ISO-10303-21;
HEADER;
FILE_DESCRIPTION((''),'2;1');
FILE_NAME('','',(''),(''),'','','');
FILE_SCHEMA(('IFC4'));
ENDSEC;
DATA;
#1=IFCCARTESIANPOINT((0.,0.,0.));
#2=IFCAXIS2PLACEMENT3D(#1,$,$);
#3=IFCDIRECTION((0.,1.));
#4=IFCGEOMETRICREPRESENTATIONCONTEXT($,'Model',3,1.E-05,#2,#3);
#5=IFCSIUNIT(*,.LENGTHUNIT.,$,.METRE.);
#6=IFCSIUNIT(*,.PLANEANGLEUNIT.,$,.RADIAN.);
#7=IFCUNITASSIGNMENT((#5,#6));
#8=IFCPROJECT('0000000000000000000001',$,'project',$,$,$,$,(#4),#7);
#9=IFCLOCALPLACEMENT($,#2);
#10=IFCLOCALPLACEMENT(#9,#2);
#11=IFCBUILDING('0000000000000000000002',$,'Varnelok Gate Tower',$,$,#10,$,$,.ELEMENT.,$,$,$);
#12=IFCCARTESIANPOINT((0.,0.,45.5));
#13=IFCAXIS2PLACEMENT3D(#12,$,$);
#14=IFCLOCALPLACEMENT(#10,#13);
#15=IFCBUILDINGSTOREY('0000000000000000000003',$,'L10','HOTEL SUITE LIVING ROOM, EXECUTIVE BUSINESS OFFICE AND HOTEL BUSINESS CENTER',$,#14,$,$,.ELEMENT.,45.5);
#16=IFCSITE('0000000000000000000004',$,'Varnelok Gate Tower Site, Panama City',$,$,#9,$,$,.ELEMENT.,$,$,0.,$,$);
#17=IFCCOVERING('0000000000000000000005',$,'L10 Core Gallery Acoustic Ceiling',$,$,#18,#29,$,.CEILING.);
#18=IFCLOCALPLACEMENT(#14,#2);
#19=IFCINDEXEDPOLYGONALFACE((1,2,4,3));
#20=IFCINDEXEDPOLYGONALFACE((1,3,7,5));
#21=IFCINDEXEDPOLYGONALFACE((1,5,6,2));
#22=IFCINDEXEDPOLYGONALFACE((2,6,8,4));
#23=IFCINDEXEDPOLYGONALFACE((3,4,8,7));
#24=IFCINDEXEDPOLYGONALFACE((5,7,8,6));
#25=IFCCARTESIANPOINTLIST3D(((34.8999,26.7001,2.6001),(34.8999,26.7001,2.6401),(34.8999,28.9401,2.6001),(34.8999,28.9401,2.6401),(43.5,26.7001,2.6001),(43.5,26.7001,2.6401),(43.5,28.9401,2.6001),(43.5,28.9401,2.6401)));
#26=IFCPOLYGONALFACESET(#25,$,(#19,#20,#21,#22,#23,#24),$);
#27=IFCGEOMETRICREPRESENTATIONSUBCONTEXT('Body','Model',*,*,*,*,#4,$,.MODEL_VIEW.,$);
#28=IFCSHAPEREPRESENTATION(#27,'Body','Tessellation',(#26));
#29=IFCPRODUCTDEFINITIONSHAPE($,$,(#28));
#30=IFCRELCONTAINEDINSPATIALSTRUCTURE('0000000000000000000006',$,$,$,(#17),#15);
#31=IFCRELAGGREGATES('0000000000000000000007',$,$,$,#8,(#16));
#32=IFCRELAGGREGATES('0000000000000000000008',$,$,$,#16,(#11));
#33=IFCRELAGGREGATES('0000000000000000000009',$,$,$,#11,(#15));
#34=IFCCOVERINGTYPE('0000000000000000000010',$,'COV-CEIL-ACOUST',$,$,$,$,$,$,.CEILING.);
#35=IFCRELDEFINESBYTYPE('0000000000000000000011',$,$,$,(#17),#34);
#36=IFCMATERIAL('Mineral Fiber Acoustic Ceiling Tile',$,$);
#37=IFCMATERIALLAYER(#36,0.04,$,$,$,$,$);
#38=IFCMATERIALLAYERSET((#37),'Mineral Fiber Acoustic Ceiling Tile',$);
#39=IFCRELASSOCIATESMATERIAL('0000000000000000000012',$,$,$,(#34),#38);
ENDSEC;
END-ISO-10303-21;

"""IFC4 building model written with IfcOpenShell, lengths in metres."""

from ifc_helpers import new_model, si_unit, direction, frame, origin, origin_2d, place, context, subcontext, project, spatial, rectangle, extrude, source, transform, mapped, material, layer, layer_set, type_object, element, save


model = new_model("IFC4")

# Units and contexts
model_context = context("Model", 3, precision=1e-05, world=origin(), true_north=direction((0.0, 1.0)))
body_context = subcontext(model_context, "Body", "Model", "MODEL_VIEW")
ifc_project = project(units=[si_unit("LENGTHUNIT", "METRE"), si_unit("PLANEANGLEUNIT", "RADIAN")], contexts=[model_context])

# Site, building, storey
site_placement = place(None, origin())
site = spatial("IfcSite", under=ifc_project, at=site_placement, Name="Varnelok Gate Tower Site, Panama City", CompositionType="ELEMENT", RefElevation=0.0)
building_placement = place(site_placement, origin())
building = spatial("IfcBuilding", under=site, at=building_placement, Name="Varnelok Gate Tower", CompositionType="ELEMENT")
storey_placement = place(building_placement, frame((0.0, 0.0, 45.5)))
storey = spatial("IfcBuildingStorey", under=building, at=storey_placement, Name="L10", Description="HOTEL SUITE LIVING ROOM, EXECUTIVE BUSINESS OFFICE AND HOTEL BUSINESS CENTER", CompositionType="ELEMENT", Elevation=45.5)

# Covering
ifc_material_1 = material(Name="Mineral Fiber Acoustic Ceiling Tile")
ifc_layer_1 = layer(ifc_material_1, 0.04)
ifc_layer_set_1 = layer_set([ifc_layer_1], Name="Mineral Fiber Acoustic Ceiling Tile")
covering_type_1 = type_object("IfcCoveringType", Name="COV-CEIL-ACOUST", PredefinedType="CEILING", material=ifc_layer_set_1)
shared_shape_1 = source(origin(), body_context, "Body", "SweptSolid", [
    extrude(rectangle(XDim=8.6001, YDim=2.24, at=origin_2d()), origin(), (0.0, 0.0, 1.0), 0.04),
])
covering_1_placement = place(storey_placement, frame((39.2, 27.8201, 2.6001), z_axis=(0.0, 0.0, 1.0), x_axis=(1.0, 0.0, 0.0)))
element("IfcCovering", 1, at=covering_1_placement, inside=storey, type_object=covering_type_1, Name="L10 Core Gallery Acoustic Ceiling", PredefinedType="CEILING", context=body_context, shape_type="MappedRepresentation", body=[
    mapped(shared_shape_1, transform((0.0, 0.0, 0.0), scale=1.0)),
])

save(model, "model.ifc")
